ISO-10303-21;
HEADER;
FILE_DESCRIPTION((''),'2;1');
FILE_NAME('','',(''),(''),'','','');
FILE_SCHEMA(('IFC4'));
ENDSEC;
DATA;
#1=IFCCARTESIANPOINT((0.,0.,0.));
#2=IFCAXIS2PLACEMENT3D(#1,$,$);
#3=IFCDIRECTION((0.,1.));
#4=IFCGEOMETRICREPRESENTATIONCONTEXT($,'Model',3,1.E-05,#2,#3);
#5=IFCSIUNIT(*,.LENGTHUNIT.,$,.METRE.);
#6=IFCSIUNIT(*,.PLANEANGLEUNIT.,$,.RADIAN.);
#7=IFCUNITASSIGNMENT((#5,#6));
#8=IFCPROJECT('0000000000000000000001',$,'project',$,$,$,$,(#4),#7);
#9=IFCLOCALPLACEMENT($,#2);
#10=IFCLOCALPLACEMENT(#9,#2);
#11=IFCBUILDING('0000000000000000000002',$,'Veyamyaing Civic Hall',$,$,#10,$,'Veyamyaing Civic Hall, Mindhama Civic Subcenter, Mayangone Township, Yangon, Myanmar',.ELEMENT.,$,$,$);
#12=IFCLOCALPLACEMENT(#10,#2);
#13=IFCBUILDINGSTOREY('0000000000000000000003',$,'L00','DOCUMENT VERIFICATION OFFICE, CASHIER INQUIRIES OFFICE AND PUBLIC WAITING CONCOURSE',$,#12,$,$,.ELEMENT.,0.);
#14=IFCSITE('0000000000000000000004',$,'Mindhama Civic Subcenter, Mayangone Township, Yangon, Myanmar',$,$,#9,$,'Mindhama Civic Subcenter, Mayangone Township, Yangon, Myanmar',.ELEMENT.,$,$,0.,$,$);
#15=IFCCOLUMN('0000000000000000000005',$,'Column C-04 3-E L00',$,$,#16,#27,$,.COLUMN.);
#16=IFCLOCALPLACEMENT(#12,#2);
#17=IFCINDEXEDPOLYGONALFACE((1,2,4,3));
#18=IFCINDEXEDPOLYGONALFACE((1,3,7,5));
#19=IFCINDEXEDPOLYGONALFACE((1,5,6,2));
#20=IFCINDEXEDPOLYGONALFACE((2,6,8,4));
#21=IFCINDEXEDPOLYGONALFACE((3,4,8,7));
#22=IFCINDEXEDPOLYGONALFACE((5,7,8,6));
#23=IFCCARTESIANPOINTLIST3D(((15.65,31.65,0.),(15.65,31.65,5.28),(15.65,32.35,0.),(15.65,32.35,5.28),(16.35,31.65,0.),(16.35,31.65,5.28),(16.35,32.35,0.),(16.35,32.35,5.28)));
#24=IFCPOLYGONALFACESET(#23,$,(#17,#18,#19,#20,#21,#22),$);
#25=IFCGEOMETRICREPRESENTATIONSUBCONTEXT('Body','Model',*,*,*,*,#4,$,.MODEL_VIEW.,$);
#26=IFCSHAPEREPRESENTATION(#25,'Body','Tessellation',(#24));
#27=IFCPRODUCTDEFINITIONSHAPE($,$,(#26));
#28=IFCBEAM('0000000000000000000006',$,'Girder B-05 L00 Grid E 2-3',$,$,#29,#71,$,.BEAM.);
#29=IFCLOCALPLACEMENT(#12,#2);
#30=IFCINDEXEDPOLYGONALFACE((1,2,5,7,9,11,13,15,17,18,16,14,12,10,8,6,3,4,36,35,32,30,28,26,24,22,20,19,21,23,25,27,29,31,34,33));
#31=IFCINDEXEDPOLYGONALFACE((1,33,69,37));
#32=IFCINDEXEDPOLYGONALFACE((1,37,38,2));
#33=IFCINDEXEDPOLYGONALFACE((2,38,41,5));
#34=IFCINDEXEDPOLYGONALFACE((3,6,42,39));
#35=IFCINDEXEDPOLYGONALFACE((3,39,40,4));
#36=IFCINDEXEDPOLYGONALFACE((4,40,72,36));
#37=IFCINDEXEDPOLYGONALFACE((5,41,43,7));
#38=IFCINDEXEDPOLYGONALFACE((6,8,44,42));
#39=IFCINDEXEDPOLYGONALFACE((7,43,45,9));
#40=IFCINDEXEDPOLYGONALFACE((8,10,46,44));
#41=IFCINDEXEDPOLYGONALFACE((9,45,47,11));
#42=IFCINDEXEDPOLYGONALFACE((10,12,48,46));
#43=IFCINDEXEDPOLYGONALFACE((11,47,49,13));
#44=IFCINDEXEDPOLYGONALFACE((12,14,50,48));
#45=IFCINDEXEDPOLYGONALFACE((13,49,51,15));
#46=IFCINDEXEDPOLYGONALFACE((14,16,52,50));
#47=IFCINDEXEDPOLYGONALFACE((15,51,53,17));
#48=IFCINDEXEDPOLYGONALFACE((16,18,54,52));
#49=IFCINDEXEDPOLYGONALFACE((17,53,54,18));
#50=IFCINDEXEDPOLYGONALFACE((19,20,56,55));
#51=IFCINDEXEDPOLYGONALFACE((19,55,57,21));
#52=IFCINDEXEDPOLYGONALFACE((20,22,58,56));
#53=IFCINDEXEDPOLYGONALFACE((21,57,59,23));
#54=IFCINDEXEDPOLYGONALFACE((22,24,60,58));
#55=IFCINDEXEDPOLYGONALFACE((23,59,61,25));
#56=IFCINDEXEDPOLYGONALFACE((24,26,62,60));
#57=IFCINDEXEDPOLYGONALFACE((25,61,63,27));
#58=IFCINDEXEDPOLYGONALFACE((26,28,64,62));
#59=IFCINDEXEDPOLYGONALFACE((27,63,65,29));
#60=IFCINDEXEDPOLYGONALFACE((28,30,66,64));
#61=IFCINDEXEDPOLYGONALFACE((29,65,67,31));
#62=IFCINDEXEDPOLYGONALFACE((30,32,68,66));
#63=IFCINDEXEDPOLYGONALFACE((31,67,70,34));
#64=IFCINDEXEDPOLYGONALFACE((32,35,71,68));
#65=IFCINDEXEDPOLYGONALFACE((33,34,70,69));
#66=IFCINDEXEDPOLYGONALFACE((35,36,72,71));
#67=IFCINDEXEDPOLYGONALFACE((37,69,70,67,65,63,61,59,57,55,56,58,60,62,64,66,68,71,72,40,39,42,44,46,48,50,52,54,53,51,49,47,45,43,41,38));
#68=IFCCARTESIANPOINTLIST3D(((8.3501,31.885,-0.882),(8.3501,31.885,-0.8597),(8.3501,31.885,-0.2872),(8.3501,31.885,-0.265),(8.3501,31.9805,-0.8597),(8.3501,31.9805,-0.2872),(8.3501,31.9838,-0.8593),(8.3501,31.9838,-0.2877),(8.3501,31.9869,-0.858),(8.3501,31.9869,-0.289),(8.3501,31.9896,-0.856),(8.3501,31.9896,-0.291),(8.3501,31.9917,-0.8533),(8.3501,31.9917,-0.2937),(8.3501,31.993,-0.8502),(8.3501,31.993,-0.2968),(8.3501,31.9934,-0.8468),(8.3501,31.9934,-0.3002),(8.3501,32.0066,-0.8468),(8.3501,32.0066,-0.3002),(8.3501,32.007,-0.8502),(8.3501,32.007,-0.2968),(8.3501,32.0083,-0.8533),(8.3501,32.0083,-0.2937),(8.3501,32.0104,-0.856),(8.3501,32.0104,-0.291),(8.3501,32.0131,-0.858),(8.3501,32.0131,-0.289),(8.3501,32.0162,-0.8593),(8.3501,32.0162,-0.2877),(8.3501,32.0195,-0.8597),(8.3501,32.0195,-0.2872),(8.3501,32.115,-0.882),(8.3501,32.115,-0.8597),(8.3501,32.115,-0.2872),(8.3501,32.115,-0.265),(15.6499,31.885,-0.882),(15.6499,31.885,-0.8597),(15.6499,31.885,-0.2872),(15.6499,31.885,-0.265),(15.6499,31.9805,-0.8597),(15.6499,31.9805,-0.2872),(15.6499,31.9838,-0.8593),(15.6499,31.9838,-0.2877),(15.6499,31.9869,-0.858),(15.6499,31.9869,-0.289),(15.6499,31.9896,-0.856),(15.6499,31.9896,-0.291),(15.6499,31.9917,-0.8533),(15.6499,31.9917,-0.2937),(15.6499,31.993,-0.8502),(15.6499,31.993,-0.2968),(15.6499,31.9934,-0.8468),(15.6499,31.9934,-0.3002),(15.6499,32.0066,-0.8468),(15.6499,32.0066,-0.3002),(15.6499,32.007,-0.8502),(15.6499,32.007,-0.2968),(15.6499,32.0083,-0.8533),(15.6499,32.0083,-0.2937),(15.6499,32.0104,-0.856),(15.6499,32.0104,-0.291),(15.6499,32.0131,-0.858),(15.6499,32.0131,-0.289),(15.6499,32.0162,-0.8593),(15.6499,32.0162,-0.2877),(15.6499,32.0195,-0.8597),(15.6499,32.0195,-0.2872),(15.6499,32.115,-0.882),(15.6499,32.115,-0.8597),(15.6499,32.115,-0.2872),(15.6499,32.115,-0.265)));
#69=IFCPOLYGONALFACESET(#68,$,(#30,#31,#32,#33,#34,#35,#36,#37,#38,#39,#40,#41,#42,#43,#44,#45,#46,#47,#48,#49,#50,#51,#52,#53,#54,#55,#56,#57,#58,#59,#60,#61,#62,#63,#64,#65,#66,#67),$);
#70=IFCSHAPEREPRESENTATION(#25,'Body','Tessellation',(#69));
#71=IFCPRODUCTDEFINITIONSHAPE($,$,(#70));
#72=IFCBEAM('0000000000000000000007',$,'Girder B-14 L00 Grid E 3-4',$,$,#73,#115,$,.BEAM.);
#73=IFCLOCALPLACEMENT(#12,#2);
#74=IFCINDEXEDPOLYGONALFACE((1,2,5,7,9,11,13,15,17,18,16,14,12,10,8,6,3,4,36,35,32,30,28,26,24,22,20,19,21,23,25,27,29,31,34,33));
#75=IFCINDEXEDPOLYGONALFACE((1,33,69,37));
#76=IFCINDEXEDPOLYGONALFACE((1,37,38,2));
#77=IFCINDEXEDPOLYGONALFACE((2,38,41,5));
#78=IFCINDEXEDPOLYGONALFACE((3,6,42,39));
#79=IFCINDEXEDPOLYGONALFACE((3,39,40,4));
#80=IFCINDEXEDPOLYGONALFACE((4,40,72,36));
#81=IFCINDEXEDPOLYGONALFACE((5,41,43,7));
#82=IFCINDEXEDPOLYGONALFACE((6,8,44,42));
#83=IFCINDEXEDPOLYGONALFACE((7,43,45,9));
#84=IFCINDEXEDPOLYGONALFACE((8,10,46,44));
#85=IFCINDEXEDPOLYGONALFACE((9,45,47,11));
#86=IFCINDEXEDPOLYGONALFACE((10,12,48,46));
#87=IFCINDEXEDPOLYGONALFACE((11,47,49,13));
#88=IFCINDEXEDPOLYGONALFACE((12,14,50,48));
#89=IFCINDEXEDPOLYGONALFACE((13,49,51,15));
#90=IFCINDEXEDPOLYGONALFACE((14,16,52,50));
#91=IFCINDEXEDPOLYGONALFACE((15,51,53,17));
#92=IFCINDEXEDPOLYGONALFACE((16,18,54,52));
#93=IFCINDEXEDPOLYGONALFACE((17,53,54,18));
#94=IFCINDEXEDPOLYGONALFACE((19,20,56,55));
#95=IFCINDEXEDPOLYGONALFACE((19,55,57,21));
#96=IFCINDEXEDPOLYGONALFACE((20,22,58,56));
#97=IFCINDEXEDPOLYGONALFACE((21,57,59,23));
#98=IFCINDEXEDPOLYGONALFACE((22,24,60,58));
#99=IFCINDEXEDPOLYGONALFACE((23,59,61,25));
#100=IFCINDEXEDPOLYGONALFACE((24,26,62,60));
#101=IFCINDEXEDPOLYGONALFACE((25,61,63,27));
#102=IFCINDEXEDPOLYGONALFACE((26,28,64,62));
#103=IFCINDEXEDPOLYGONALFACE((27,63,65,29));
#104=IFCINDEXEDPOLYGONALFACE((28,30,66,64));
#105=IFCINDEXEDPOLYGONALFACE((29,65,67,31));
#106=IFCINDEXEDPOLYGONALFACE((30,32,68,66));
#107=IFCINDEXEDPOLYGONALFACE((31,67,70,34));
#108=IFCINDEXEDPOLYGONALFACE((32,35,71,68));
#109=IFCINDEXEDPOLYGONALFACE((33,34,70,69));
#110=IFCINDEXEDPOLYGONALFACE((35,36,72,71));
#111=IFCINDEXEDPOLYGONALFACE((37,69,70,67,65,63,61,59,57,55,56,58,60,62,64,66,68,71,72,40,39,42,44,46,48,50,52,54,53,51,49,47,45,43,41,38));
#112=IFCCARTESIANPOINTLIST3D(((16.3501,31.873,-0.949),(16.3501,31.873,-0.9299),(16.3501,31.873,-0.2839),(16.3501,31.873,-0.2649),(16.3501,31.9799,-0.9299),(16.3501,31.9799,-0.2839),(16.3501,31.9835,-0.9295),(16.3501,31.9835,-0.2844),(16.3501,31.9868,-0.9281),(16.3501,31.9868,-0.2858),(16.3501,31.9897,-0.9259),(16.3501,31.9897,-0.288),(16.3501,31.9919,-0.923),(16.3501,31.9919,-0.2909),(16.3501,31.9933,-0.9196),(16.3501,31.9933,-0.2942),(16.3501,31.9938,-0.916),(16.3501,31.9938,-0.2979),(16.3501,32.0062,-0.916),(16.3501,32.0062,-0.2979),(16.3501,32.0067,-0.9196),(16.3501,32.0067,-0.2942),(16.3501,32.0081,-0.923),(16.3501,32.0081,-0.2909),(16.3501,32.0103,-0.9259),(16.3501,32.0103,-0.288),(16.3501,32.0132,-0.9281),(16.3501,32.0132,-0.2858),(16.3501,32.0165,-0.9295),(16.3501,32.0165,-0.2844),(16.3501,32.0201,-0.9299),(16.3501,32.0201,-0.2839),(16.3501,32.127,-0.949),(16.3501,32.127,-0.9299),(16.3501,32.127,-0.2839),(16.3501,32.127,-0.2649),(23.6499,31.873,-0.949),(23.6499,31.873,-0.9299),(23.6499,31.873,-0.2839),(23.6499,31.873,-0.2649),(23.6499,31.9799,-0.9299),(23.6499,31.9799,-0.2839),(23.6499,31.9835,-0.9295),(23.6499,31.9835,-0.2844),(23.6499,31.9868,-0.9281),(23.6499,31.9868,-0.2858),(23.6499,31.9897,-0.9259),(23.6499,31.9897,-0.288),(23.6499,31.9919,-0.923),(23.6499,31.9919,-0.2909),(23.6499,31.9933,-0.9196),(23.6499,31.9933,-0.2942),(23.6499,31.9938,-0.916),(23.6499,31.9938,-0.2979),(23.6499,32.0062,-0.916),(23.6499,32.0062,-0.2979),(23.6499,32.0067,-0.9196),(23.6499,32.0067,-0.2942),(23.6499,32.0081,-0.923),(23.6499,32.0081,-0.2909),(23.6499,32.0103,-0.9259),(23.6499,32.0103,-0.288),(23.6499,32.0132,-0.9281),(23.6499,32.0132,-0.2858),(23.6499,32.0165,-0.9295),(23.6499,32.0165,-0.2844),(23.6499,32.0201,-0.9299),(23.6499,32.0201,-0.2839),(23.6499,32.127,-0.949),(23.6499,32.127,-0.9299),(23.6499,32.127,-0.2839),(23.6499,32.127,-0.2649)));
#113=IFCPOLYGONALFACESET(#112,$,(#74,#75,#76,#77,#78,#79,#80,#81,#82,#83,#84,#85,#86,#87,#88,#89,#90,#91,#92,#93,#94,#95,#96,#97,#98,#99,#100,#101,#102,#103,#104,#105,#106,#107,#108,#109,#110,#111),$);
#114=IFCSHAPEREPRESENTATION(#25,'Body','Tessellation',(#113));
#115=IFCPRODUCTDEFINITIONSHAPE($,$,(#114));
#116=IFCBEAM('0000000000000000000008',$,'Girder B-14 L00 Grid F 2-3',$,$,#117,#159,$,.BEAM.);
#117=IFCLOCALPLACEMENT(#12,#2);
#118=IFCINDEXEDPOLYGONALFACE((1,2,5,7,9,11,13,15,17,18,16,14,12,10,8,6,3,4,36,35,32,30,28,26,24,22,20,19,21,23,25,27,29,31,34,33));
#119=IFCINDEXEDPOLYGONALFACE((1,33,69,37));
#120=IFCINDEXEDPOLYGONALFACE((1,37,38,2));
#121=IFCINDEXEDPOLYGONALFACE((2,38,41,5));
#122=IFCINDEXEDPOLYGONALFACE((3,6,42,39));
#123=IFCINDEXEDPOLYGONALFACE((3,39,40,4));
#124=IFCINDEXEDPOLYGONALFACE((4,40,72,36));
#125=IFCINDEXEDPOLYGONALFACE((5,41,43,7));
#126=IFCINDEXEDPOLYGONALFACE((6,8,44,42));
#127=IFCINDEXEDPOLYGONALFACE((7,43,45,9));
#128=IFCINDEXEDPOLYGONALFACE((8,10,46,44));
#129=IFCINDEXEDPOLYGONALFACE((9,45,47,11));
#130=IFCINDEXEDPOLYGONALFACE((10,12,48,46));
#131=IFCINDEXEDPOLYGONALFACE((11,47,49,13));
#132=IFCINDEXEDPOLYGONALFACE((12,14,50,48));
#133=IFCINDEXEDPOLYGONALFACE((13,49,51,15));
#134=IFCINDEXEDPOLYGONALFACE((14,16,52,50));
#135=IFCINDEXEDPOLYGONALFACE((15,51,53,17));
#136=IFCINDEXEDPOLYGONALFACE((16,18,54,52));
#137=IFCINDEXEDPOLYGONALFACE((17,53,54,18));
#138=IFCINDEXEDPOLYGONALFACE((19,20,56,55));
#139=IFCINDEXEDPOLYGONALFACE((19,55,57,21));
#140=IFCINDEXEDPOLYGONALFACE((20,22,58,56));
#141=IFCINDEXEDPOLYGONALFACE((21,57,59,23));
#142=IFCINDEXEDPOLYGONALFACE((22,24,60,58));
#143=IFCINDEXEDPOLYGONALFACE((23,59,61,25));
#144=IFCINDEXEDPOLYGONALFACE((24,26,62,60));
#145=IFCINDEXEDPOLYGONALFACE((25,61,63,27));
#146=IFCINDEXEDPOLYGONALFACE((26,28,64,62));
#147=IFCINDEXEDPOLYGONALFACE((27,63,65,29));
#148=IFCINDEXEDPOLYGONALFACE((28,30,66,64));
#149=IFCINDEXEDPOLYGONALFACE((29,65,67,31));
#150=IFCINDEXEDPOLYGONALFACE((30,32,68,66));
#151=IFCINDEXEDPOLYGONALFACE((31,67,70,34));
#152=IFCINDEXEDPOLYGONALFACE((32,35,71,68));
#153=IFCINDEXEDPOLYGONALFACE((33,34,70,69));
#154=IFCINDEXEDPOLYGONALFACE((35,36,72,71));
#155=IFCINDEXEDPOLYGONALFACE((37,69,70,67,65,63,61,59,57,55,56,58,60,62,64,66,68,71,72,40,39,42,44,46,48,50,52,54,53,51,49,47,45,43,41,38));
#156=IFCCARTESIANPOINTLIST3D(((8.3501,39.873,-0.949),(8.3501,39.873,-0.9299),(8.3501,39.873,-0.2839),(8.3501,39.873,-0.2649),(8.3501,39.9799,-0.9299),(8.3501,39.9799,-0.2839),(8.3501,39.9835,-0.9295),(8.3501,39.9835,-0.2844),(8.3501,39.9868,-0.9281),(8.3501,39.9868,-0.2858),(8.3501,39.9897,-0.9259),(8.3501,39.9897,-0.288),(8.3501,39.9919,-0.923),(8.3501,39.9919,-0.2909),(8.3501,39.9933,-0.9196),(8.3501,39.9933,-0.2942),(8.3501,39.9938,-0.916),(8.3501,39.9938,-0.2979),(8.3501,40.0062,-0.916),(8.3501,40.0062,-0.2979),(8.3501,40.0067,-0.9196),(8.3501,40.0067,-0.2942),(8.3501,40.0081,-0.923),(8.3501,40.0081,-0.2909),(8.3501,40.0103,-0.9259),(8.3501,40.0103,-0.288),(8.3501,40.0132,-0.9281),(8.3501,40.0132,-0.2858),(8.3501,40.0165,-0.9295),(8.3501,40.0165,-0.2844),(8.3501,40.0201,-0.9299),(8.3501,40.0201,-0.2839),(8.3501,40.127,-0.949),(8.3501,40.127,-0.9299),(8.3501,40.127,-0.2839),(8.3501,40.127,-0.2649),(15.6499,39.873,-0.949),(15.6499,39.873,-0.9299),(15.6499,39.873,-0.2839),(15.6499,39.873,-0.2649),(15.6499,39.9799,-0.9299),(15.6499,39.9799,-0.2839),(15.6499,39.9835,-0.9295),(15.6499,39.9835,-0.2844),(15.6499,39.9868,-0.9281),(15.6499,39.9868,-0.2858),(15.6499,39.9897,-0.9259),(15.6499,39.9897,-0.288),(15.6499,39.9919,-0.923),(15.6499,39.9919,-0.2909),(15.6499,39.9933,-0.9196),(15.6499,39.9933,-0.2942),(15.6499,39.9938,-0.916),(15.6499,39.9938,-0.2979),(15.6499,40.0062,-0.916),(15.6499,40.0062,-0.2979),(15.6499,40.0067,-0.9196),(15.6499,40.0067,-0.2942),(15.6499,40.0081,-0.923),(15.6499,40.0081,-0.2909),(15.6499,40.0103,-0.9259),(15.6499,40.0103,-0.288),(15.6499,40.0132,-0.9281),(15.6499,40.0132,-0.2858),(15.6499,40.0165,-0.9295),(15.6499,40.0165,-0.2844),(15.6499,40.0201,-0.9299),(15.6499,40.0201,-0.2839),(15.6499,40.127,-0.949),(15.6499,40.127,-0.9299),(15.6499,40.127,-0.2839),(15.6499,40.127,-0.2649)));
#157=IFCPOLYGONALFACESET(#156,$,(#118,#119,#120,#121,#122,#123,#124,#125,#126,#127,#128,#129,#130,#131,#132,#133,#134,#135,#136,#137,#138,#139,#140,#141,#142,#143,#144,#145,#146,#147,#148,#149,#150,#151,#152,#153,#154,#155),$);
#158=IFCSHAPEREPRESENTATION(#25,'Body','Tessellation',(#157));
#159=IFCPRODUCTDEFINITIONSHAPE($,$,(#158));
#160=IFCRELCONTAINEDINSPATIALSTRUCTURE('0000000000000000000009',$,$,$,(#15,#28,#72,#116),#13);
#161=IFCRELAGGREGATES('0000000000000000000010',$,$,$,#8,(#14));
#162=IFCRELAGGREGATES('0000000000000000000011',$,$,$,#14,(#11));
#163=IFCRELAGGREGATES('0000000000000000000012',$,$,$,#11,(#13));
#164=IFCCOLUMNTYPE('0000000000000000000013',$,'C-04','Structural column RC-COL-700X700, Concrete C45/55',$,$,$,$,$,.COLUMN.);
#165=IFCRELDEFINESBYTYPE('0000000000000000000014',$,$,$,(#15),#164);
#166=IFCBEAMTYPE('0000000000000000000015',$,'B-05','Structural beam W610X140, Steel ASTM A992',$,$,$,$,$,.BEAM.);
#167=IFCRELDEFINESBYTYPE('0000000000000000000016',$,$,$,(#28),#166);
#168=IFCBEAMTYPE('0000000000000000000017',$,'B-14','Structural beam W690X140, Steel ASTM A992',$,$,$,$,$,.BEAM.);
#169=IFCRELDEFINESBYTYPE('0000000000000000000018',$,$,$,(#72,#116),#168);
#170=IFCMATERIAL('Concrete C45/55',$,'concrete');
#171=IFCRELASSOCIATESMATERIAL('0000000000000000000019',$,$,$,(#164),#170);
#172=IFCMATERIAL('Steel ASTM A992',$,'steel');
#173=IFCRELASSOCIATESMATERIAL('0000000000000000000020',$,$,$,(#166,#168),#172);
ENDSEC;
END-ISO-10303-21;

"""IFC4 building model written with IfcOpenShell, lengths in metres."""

from ifc_helpers import new_model, si_unit, direction, frame, origin, origin_2d, place, context, subcontext, project, spatial, rectangle, i_section, extrude, material, material_profile, profile_set, type_object, element, save


model = new_model("IFC4")

# Units and contexts
model_context = context("Model", 3, precision=1e-05, world=origin(), true_north=direction((0.0, 1.0)))
body_context = subcontext(model_context, "Body", "Model", "MODEL_VIEW")
ifc_project = project(units=[si_unit("LENGTHUNIT", "METRE"), si_unit("PLANEANGLEUNIT", "RADIAN")], contexts=[model_context])

# Site, building, storey
site_placement = place(None, origin())
site = spatial("IfcSite", under=ifc_project, at=site_placement, Name="Mindhama Civic Subcenter, Mayangone Township, Yangon, Myanmar", LongName="Mindhama Civic Subcenter, Mayangone Township, Yangon, Myanmar", CompositionType="ELEMENT", RefElevation=0.0)
building_placement = place(site_placement, origin())
building = spatial("IfcBuilding", under=site, at=building_placement, Name="Veyamyaing Civic Hall", LongName="Veyamyaing Civic Hall, Mindhama Civic Subcenter, Mayangone Township, Yangon, Myanmar", CompositionType="ELEMENT")
storey_placement = place(building_placement, origin())
storey = spatial("IfcBuildingStorey", under=building, at=storey_placement, Name="L00", Description="DOCUMENT VERIFICATION OFFICE, CASHIER INQUIRIES OFFICE AND PUBLIC WAITING CONCOURSE", CompositionType="ELEMENT", Elevation=0.0)

# Column
ifc_material_1 = material(Name="Concrete C45/55", Category="concrete")
ifc_material_profile_1 = material_profile(ifc_material_1, rectangle(XDim=0.7, YDim=0.7, at=origin_2d()), Name="RC-COL-700X700")
ifc_profile_set_1 = profile_set([ifc_material_profile_1], Name="Concrete C45/55")
column_type = type_object("IfcColumnType", Name="C-04", Description="Structural column RC-COL-700X700, Concrete C45/55", PredefinedType="COLUMN", material=ifc_profile_set_1)
column_placement = place(storey_placement, frame((16.0, 32.0, 0.0), z_axis=(0.0, 0.0, 1.0), x_axis=(1.0, 0.0, 0.0)))
element("IfcColumn", 1, at=column_placement, inside=storey, type_object=column_type, Name="Column C-04 3-E L00", PredefinedType="COLUMN", context=body_context, shape_type="SweptSolid", body=[
    extrude(rectangle(XDim=0.7, YDim=0.7, at=origin_2d()), origin(), (0.0, 0.0, 1.0), 5.28),
])

# Beams
ifc_material_2 = material(Name="Steel ASTM A992", Category="steel")
ifc_material_profile_2 = material_profile(ifc_material_2, i_section(OverallWidth=0.23, OverallDepth=0.6169, WebThickness=0.0132, FlangeThickness=0.0222, FilletRadius=0.0129, at=origin_2d()), Name="W610X140")
ifc_profile_set_2 = profile_set([ifc_material_profile_2], Name="Steel ASTM A992")
beam_type_1 = type_object("IfcBeamType", Name="B-05", Description="Structural beam W610X140, Steel ASTM A992", PredefinedType="BEAM", material=ifc_profile_set_2)
beam_1_placement = place(storey_placement, frame((8.3501, 32.0, -0.5735), z_axis=(1.0, 0.0, 0.0), x_axis=(0.0, 1.0, 0.0)))
element("IfcBeam", 2, at=beam_1_placement, inside=storey, type_object=beam_type_1, Name="Girder B-05 L00 Grid E 2-3", PredefinedType="BEAM", context=body_context, shape_type="SweptSolid", body=[
    extrude(i_section(OverallWidth=0.23, OverallDepth=0.6169, WebThickness=0.0132, FlangeThickness=0.0222, FilletRadius=0.0129, at=origin_2d()), origin(), (0.0, 0.0, 1.0), 7.2998),
])
ifc_material_profile_3 = material_profile(ifc_material_2, i_section(OverallWidth=0.2539, OverallDepth=0.6841, WebThickness=0.0125, FlangeThickness=0.019, FilletRadius=0.0139, at=origin_2d()), Name="W690X140")
ifc_profile_set_3 = profile_set([ifc_material_profile_3], Name="Steel ASTM A992")
beam_type_2 = type_object("IfcBeamType", Name="B-14", Description="Structural beam W690X140, Steel ASTM A992", PredefinedType="BEAM", material=ifc_profile_set_3)
for number, where, z_axis, x_axis, name in (
    (3, (16.3501, 32.0, -0.6069), (1.0, 0.0, 0.0), (0.0, 1.0, 0.0), "Girder B-14 L00 Grid E 3-4"),
    (4, (8.3501, 40.0, -0.6069), (1.0, 0.0, 0.0), (0.0, 1.0, 0.0), "Girder B-14 L00 Grid F 2-3"),
):
    element("IfcBeam", number, at=place(storey_placement, frame(where, z_axis=z_axis, x_axis=x_axis)), inside=storey, type_object=beam_type_2, Name=name, PredefinedType="BEAM", context=body_context, shape_type="SweptSolid", body=[
        extrude(i_section(OverallWidth=0.2539, OverallDepth=0.6841, WebThickness=0.0125, FlangeThickness=0.019, FilletRadius=0.0139, at=origin_2d()), origin(), (0.0, 0.0, 1.0), 7.2998),
    ])

save(model, "model.ifc")
